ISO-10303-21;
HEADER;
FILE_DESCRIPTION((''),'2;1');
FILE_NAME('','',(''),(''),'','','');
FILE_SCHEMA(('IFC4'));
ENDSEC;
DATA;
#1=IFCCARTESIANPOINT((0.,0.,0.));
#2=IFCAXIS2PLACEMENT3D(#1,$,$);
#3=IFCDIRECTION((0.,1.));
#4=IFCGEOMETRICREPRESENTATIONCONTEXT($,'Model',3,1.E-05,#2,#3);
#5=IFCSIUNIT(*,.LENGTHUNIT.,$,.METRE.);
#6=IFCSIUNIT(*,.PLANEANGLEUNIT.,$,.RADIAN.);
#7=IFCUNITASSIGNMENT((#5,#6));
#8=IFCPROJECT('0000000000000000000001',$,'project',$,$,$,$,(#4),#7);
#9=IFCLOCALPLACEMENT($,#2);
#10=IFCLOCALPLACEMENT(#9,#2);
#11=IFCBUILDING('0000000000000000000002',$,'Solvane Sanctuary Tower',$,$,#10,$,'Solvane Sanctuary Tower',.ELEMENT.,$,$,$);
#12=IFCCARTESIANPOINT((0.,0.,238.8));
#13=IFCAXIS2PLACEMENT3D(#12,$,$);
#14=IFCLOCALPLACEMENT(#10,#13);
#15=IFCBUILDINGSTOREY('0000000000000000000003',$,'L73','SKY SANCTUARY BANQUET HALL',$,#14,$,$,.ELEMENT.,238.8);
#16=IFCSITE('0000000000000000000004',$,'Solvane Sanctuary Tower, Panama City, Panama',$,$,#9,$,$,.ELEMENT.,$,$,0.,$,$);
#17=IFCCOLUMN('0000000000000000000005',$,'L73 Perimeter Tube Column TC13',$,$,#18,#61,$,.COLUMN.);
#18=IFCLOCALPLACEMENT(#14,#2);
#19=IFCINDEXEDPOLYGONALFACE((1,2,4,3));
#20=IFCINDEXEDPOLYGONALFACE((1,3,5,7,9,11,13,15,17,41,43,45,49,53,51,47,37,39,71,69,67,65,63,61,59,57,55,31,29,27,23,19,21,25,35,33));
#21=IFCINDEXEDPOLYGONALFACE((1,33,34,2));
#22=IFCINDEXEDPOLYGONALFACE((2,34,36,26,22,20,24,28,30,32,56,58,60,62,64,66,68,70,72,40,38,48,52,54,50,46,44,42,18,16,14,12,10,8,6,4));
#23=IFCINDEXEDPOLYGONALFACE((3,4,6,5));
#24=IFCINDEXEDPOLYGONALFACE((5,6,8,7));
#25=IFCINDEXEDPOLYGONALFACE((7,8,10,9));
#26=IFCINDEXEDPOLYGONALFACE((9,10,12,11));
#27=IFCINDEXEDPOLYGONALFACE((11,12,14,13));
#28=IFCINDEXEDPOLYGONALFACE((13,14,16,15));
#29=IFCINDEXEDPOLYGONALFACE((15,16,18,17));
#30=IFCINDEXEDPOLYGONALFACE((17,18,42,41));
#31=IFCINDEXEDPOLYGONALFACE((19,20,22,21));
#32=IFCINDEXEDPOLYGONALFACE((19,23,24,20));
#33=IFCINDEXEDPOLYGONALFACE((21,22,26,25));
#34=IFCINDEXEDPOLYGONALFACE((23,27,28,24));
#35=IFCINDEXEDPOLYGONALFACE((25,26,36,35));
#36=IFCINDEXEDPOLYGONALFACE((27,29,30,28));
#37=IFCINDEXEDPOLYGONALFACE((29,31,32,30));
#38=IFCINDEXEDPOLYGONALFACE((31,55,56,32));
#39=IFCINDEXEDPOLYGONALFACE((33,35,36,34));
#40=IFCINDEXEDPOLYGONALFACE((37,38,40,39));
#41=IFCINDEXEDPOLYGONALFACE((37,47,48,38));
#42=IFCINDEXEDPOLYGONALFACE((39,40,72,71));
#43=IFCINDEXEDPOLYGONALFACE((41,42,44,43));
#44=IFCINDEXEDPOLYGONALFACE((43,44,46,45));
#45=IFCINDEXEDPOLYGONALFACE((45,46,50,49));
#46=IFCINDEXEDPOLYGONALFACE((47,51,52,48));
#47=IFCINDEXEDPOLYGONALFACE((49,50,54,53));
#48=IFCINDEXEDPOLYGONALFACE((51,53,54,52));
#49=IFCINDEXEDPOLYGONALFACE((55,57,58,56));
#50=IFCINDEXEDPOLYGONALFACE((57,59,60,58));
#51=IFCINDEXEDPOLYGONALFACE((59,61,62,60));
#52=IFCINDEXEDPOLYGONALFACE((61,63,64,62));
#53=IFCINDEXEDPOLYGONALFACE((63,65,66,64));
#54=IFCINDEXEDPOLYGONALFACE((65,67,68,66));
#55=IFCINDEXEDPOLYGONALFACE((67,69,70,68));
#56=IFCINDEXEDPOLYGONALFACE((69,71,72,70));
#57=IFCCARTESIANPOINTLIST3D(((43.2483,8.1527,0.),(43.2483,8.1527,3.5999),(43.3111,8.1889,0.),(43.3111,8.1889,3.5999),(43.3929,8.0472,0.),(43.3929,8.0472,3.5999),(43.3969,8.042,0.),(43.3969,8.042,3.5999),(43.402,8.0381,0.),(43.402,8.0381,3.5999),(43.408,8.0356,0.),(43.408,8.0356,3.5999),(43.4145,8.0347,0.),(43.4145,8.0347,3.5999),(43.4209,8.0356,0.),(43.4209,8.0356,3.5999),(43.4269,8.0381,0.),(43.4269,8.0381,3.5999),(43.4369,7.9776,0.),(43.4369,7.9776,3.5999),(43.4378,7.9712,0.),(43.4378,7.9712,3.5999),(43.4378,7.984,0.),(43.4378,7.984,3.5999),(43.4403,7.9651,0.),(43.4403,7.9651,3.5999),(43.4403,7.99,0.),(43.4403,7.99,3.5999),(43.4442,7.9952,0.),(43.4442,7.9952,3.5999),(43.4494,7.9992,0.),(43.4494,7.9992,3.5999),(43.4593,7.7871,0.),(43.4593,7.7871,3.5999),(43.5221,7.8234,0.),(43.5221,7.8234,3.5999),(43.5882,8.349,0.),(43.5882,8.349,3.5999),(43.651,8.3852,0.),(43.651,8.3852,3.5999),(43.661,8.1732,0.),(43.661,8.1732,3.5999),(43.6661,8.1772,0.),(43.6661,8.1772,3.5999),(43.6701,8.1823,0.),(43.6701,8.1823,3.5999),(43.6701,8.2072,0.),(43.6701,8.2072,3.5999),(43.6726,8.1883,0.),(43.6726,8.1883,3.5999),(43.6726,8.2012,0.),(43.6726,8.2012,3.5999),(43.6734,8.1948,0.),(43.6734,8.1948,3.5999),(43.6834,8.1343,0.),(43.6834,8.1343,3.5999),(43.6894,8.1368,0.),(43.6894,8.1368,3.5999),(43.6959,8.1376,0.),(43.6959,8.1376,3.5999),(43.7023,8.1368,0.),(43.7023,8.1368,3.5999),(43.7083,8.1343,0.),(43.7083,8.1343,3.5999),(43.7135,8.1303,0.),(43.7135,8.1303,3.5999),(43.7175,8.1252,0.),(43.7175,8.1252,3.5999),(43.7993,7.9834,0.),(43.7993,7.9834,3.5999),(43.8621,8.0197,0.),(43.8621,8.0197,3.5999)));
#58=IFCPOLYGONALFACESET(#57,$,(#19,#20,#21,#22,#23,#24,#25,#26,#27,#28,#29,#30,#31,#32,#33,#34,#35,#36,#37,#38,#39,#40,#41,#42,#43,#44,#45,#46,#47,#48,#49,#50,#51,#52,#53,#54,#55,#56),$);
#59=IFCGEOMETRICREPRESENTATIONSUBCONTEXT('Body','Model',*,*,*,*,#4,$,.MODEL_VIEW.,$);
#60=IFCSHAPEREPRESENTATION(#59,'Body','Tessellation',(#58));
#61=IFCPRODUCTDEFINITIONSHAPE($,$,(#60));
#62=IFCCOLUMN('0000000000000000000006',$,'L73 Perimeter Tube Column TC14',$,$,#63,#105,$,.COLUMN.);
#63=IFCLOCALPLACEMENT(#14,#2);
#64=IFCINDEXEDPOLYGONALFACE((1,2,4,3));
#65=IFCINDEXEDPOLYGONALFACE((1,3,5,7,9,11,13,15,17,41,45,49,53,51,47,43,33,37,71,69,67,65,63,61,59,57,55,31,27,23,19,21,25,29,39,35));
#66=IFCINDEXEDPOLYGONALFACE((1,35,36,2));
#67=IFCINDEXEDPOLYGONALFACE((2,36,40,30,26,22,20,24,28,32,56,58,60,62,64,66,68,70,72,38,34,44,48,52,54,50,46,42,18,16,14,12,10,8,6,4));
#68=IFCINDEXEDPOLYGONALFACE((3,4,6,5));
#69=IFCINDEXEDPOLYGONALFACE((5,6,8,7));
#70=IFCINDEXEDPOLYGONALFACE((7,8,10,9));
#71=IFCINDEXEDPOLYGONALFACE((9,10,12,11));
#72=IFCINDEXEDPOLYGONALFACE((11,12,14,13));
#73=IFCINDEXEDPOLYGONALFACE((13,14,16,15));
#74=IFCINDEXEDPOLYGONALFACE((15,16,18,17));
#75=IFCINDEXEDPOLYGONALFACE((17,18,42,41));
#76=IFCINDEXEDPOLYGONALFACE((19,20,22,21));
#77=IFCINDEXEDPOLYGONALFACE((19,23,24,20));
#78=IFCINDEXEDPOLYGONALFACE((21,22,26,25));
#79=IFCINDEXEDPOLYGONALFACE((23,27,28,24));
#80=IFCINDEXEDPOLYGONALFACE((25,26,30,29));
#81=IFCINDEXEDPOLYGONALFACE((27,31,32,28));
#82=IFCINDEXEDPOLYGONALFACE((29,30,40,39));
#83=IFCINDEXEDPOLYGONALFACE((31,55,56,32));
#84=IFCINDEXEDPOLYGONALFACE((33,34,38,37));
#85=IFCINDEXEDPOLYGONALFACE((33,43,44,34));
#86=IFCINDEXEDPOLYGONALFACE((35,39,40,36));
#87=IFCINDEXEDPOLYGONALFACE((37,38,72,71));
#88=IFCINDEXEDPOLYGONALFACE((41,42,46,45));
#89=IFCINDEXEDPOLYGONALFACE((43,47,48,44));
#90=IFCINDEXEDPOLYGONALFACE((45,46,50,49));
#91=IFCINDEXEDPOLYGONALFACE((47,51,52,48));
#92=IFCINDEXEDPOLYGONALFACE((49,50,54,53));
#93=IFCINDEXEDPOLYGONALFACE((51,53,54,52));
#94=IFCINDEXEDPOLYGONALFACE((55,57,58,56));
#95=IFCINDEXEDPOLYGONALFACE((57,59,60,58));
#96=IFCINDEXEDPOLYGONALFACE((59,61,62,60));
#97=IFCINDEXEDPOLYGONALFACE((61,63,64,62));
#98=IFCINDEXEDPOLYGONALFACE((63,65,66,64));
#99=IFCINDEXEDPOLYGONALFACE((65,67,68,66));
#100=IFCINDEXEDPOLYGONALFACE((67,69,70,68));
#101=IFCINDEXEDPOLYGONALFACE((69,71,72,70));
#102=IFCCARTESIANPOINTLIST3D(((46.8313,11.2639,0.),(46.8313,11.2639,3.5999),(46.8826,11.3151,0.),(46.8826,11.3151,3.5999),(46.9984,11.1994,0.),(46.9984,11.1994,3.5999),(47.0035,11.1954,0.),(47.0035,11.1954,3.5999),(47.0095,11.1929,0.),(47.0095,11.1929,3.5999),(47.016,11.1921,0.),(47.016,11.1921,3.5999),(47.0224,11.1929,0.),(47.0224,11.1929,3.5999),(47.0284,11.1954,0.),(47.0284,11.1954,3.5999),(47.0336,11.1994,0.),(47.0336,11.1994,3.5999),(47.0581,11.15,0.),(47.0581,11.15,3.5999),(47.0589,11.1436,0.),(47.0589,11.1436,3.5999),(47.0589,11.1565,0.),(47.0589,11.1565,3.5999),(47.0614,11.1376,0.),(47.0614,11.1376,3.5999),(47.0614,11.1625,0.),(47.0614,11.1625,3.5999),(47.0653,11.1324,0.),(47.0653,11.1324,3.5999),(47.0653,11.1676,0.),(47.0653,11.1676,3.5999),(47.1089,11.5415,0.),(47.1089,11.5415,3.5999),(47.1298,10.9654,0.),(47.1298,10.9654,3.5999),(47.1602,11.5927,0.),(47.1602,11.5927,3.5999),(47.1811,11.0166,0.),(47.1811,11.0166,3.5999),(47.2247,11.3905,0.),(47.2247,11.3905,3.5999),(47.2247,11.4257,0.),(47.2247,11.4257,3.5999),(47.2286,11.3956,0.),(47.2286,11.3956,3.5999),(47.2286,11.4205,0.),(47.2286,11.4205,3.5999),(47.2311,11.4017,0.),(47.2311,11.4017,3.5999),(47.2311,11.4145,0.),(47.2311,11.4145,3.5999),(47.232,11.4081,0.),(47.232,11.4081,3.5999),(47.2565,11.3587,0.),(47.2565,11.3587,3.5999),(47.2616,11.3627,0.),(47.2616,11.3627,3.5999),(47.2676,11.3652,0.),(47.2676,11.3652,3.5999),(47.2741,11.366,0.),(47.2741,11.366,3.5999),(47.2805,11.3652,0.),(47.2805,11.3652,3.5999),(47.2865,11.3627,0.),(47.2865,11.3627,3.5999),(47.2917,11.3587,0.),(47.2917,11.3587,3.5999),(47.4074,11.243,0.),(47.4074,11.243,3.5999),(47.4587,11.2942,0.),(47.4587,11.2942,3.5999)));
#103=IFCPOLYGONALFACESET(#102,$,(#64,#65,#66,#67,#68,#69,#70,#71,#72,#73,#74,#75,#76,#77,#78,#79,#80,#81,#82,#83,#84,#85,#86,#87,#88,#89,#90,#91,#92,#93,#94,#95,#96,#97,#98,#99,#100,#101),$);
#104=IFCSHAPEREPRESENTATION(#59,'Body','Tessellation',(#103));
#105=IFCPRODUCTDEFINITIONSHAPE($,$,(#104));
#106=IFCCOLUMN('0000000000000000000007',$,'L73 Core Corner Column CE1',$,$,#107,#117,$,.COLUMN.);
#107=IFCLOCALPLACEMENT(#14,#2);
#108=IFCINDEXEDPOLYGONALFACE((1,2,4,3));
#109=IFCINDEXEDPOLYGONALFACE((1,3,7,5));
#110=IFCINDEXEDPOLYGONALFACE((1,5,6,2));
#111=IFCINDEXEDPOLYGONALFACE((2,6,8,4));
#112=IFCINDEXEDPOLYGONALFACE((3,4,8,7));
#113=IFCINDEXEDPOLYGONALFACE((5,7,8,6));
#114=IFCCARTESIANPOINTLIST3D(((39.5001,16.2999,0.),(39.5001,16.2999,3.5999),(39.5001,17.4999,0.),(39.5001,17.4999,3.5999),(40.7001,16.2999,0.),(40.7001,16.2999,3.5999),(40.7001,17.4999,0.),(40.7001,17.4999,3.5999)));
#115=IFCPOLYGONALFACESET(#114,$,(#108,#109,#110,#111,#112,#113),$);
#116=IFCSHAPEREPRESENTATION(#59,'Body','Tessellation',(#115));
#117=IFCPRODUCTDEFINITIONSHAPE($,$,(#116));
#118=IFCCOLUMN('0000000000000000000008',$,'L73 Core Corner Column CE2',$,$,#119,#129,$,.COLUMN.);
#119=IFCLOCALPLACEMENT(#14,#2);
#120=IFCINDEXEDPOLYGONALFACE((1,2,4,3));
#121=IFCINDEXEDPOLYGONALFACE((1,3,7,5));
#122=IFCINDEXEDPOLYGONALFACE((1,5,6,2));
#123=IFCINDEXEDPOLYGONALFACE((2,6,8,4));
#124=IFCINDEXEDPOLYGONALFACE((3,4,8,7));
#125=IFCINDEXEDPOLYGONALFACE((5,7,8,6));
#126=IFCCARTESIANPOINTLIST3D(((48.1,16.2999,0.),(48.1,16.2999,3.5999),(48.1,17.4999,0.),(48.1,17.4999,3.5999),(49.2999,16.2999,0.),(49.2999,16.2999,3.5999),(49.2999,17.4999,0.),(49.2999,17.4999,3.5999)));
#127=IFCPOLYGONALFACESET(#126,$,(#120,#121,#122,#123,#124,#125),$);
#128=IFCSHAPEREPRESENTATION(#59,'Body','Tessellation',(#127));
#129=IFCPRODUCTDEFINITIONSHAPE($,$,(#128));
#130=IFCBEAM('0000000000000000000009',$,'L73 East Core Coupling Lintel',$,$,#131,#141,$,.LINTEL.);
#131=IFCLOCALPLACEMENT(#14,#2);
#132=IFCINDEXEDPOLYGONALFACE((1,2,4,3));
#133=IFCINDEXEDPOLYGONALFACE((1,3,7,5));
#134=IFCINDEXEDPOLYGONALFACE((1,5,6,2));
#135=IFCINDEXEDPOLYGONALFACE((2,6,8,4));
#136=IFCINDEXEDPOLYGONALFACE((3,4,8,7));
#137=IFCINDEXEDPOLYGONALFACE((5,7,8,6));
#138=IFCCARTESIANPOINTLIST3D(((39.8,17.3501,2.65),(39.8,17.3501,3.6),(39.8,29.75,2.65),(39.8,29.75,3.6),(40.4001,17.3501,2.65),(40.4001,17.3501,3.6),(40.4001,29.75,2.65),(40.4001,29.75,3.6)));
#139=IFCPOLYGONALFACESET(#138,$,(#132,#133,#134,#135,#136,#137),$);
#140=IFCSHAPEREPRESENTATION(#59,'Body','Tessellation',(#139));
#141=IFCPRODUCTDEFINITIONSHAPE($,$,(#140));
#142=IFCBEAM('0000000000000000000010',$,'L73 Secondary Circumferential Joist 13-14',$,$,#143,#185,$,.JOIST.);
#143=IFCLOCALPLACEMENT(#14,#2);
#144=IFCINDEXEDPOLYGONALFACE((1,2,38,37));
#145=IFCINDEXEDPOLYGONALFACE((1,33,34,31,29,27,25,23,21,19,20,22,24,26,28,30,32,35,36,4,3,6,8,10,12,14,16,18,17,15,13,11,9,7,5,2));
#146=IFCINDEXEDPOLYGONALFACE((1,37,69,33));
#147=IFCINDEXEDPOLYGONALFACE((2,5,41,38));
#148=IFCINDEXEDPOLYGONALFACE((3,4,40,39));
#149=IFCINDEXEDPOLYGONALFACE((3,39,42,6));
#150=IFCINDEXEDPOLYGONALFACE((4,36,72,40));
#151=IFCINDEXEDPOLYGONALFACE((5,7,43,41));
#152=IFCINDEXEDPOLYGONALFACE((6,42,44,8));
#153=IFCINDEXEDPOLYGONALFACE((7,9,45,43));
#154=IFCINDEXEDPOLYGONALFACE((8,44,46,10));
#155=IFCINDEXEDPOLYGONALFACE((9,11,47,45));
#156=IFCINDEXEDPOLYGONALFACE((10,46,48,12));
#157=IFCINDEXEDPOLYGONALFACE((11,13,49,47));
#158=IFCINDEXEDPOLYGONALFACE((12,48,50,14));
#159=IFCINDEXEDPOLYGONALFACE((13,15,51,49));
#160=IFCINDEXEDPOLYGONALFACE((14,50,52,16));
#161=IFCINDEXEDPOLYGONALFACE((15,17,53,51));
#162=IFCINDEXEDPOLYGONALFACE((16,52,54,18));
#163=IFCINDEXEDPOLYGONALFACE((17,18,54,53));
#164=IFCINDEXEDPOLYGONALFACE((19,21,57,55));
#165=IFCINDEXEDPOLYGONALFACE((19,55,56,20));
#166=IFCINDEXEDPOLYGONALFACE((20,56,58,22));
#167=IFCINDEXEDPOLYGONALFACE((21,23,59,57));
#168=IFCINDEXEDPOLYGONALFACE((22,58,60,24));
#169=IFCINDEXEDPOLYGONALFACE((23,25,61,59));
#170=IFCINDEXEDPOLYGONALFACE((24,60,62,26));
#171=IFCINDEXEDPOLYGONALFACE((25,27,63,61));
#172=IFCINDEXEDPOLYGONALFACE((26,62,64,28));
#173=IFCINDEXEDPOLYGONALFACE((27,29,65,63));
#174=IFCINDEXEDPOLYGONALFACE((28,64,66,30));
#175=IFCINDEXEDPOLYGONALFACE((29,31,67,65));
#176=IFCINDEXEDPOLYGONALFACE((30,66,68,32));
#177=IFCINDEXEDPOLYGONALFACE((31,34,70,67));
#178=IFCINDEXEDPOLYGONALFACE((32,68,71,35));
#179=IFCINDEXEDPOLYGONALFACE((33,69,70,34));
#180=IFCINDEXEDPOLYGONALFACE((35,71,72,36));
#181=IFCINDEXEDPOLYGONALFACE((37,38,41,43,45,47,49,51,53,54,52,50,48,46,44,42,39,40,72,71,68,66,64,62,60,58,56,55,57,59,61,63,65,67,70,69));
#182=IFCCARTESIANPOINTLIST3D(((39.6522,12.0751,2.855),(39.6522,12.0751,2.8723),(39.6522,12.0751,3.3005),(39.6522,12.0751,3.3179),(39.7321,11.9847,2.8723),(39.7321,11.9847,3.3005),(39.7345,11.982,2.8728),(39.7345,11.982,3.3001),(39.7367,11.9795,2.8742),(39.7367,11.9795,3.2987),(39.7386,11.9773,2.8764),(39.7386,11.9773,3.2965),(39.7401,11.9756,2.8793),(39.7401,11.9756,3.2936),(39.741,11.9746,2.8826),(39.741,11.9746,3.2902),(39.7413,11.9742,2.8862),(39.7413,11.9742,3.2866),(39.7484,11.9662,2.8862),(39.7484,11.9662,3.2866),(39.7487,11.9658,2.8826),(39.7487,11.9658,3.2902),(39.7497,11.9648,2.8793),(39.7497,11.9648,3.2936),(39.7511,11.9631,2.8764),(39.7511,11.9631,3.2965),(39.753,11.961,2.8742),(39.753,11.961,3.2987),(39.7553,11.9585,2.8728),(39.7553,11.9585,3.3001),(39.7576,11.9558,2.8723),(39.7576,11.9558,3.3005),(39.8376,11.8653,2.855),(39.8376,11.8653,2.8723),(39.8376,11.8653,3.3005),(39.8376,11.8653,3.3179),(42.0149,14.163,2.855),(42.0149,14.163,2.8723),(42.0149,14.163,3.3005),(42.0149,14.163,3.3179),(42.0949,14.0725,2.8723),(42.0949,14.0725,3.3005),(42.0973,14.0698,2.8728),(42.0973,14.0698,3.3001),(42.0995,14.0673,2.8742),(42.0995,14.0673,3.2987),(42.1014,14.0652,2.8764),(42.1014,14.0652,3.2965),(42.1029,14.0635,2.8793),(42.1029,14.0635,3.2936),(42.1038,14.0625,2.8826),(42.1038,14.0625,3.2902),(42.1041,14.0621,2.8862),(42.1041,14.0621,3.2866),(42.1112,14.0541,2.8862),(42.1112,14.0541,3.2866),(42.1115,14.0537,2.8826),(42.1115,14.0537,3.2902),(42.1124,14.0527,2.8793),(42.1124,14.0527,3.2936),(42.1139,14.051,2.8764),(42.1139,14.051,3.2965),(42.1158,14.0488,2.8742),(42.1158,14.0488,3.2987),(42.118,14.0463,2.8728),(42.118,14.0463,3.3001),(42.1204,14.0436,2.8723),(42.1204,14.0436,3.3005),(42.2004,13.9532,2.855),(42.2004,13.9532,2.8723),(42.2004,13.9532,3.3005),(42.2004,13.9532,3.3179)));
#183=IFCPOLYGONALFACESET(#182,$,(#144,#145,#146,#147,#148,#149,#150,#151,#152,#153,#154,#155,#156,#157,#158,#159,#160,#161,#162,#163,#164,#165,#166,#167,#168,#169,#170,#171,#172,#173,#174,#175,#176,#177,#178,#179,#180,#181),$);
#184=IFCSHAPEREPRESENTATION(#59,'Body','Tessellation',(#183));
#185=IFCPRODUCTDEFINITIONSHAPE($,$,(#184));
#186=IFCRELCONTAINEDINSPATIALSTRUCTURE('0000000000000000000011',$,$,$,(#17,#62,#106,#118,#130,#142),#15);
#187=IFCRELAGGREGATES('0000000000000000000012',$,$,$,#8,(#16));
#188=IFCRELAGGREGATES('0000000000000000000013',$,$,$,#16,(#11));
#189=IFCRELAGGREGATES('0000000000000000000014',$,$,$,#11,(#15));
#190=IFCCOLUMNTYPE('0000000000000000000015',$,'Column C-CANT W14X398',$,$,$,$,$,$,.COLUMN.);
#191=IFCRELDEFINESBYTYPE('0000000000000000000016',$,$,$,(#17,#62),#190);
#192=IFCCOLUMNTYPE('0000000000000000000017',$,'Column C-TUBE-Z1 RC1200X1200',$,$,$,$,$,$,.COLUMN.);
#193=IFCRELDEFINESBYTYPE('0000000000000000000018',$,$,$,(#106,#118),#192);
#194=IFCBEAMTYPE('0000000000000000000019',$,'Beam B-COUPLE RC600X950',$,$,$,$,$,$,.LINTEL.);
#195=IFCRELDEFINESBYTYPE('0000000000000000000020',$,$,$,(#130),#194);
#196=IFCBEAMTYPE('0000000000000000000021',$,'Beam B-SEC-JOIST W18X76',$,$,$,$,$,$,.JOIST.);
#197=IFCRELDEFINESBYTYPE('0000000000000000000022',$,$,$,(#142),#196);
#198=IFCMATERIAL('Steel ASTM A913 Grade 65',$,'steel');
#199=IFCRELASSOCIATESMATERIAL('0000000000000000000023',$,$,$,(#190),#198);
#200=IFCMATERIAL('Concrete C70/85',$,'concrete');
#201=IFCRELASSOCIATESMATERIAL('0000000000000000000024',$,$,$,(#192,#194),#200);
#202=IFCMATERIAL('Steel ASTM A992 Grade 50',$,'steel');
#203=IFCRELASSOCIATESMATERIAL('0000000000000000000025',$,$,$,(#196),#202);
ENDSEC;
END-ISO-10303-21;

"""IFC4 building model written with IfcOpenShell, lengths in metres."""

from ifc_helpers import new_model, si_unit, direction, frame, origin, origin_2d, place, context, subcontext, project, spatial, rectangle, i_section, extrude, material, material_profile, profile_set, type_object, element, save


model = new_model("IFC4")

# Units and contexts
model_context = context("Model", 3, precision=1e-05, world=origin(), true_north=direction((0.0, 1.0)))
body_context = subcontext(model_context, "Body", "Model", "MODEL_VIEW")
ifc_project = project(units=[si_unit("LENGTHUNIT", "METRE"), si_unit("PLANEANGLEUNIT", "RADIAN")], contexts=[model_context])

# Site, building, storey
site_placement = place(None, origin())
site = spatial("IfcSite", under=ifc_project, at=site_placement, Name="Solvane Sanctuary Tower, Panama City, Panama", CompositionType="ELEMENT", RefElevation=0.0)
building_placement = place(site_placement, origin())
building = spatial("IfcBuilding", under=site, at=building_placement, Name="Solvane Sanctuary Tower", LongName="Solvane Sanctuary Tower", CompositionType="ELEMENT")
storey_placement = place(building_placement, frame((0.0, 0.0, 238.8)))
storey = spatial("IfcBuildingStorey", under=building, at=storey_placement, Name="L73", Description="SKY SANCTUARY BANQUET HALL", CompositionType="ELEMENT", Elevation=238.8)

# Columns
ifc_material_1 = material(Name="Steel ASTM A913 Grade 65", Category="steel")
ifc_material_profile_1 = material_profile(ifc_material_1, i_section(OverallWidth=0.4221, OverallDepth=0.4651, WebThickness=0.0449, FlangeThickness=0.0725, FilletRadius=0.0249, at=origin_2d()), Name="W14X398")
ifc_profile_set_1 = profile_set([ifc_material_profile_1], Name="Steel ASTM A913 Grade 65")
column_type_1 = type_object("IfcColumnType", Name="Column C-CANT W14X398", PredefinedType="COLUMN", material=ifc_profile_set_1)
for number, where, z_axis, x_axis, name in (
    (1, (43.5552, 8.0862, 0.0), (0.0, 0.0, 1.0), (0.5, -0.866025, 0.0), "L73 Perimeter Tube Column TC13"),
    (2, (47.145, 11.2791, 0.0), (0.0, 0.0, 1.0), (0.707107, -0.707107, 0.0), "L73 Perimeter Tube Column TC14"),
):
    element("IfcColumn", number, at=place(storey_placement, frame(where, z_axis=z_axis, x_axis=x_axis)), inside=storey, type_object=column_type_1, Name=name, PredefinedType="COLUMN", context=body_context, shape_type="SweptSolid", body=[
        extrude(i_section(OverallWidth=0.4221, OverallDepth=0.4651, WebThickness=0.0449, FlangeThickness=0.0725, FilletRadius=0.0249, at=origin_2d()), origin(), (0.0, 0.0, 1.0), 3.5999),
    ])
ifc_material_2 = material(Name="Concrete C70/85", Category="concrete")
ifc_material_profile_2 = material_profile(ifc_material_2, rectangle(XDim=1.2, YDim=1.2, at=origin_2d()), Name="RC1200X1200")
ifc_profile_set_2 = profile_set([ifc_material_profile_2], Name="Concrete C70/85")
column_type_2 = type_object("IfcColumnType", Name="Column C-TUBE-Z1 RC1200X1200", PredefinedType="COLUMN", material=ifc_profile_set_2)
for number, where, z_axis, x_axis, name in (
    (3, (40.1001, 16.8999, 0.0), (0.0, 0.0, 1.0), (1.0, 0.0, 0.0), "L73 Core Corner Column CE1"),
    (4, (48.7, 16.8999, 0.0), (0.0, 0.0, 1.0), (1.0, 0.0, 0.0), "L73 Core Corner Column CE2"),
):
    element("IfcColumn", number, at=place(storey_placement, frame(where, z_axis=z_axis, x_axis=x_axis)), inside=storey, type_object=column_type_2, Name=name, PredefinedType="COLUMN", context=body_context, shape_type="SweptSolid", body=[
        extrude(rectangle(XDim=1.2, YDim=1.2, at=origin_2d()), origin(), (0.0, 0.0, 1.0), 3.5999),
    ])

# Beams
ifc_material_profile_3 = material_profile(ifc_material_2, rectangle(XDim=0.6001, YDim=0.95, at=origin_2d()), Name="RC600X950")
ifc_profile_set_3 = profile_set([ifc_material_profile_3], Name="Concrete C70/85")
beam_type_1 = type_object("IfcBeamType", Name="Beam B-COUPLE RC600X950", PredefinedType="LINTEL", material=ifc_profile_set_3)
beam_1_placement = place(storey_placement, frame((40.1001, 17.3501, 3.125), z_axis=(0.0, 1.0, 0.0), x_axis=(-1.0, 0.0, 0.0)))
element("IfcBeam", 5, at=beam_1_placement, inside=storey, type_object=beam_type_1, Name="L73 East Core Coupling Lintel", PredefinedType="LINTEL", context=body_context, shape_type="SweptSolid", body=[
    extrude(rectangle(XDim=0.6001, YDim=0.95, at=origin_2d()), origin(), (0.0, 0.0, 1.0), 12.3999),
])
ifc_material_3 = material(Name="Steel ASTM A992 Grade 50", Category="steel")
ifc_material_profile_4 = material_profile(ifc_material_3, i_section(OverallWidth=0.28, OverallDepth=0.4629, WebThickness=0.0107, FlangeThickness=0.0173, FilletRadius=0.0139, at=origin_2d()), Name="W18X76")
ifc_profile_set_4 = profile_set([ifc_material_profile_4], Name="Steel ASTM A992 Grade 50")
beam_type_2 = type_object("IfcBeamType", Name="Beam B-SEC-JOIST W18X76", PredefinedType="JOIST", material=ifc_profile_set_4)
beam_2_placement = place(storey_placement, frame((39.7449, 11.9702, 3.0864), z_axis=(0.749354, 0.662169, 0.0), x_axis=(-0.662169, 0.749354, 0.0)))
element("IfcBeam", 6, at=beam_2_placement, inside=storey, type_object=beam_type_2, Name="L73 Secondary Circumferential Joist 13-14", PredefinedType="JOIST", context=body_context, shape_type="SweptSolid", body=[
    extrude(i_section(OverallWidth=0.28, OverallDepth=0.4629, WebThickness=0.0107, FlangeThickness=0.0173, FilletRadius=0.0139, at=origin_2d()), origin(), (0.0, 0.0, 1.0), 3.1531),
])

save(model, "model.ifc")
